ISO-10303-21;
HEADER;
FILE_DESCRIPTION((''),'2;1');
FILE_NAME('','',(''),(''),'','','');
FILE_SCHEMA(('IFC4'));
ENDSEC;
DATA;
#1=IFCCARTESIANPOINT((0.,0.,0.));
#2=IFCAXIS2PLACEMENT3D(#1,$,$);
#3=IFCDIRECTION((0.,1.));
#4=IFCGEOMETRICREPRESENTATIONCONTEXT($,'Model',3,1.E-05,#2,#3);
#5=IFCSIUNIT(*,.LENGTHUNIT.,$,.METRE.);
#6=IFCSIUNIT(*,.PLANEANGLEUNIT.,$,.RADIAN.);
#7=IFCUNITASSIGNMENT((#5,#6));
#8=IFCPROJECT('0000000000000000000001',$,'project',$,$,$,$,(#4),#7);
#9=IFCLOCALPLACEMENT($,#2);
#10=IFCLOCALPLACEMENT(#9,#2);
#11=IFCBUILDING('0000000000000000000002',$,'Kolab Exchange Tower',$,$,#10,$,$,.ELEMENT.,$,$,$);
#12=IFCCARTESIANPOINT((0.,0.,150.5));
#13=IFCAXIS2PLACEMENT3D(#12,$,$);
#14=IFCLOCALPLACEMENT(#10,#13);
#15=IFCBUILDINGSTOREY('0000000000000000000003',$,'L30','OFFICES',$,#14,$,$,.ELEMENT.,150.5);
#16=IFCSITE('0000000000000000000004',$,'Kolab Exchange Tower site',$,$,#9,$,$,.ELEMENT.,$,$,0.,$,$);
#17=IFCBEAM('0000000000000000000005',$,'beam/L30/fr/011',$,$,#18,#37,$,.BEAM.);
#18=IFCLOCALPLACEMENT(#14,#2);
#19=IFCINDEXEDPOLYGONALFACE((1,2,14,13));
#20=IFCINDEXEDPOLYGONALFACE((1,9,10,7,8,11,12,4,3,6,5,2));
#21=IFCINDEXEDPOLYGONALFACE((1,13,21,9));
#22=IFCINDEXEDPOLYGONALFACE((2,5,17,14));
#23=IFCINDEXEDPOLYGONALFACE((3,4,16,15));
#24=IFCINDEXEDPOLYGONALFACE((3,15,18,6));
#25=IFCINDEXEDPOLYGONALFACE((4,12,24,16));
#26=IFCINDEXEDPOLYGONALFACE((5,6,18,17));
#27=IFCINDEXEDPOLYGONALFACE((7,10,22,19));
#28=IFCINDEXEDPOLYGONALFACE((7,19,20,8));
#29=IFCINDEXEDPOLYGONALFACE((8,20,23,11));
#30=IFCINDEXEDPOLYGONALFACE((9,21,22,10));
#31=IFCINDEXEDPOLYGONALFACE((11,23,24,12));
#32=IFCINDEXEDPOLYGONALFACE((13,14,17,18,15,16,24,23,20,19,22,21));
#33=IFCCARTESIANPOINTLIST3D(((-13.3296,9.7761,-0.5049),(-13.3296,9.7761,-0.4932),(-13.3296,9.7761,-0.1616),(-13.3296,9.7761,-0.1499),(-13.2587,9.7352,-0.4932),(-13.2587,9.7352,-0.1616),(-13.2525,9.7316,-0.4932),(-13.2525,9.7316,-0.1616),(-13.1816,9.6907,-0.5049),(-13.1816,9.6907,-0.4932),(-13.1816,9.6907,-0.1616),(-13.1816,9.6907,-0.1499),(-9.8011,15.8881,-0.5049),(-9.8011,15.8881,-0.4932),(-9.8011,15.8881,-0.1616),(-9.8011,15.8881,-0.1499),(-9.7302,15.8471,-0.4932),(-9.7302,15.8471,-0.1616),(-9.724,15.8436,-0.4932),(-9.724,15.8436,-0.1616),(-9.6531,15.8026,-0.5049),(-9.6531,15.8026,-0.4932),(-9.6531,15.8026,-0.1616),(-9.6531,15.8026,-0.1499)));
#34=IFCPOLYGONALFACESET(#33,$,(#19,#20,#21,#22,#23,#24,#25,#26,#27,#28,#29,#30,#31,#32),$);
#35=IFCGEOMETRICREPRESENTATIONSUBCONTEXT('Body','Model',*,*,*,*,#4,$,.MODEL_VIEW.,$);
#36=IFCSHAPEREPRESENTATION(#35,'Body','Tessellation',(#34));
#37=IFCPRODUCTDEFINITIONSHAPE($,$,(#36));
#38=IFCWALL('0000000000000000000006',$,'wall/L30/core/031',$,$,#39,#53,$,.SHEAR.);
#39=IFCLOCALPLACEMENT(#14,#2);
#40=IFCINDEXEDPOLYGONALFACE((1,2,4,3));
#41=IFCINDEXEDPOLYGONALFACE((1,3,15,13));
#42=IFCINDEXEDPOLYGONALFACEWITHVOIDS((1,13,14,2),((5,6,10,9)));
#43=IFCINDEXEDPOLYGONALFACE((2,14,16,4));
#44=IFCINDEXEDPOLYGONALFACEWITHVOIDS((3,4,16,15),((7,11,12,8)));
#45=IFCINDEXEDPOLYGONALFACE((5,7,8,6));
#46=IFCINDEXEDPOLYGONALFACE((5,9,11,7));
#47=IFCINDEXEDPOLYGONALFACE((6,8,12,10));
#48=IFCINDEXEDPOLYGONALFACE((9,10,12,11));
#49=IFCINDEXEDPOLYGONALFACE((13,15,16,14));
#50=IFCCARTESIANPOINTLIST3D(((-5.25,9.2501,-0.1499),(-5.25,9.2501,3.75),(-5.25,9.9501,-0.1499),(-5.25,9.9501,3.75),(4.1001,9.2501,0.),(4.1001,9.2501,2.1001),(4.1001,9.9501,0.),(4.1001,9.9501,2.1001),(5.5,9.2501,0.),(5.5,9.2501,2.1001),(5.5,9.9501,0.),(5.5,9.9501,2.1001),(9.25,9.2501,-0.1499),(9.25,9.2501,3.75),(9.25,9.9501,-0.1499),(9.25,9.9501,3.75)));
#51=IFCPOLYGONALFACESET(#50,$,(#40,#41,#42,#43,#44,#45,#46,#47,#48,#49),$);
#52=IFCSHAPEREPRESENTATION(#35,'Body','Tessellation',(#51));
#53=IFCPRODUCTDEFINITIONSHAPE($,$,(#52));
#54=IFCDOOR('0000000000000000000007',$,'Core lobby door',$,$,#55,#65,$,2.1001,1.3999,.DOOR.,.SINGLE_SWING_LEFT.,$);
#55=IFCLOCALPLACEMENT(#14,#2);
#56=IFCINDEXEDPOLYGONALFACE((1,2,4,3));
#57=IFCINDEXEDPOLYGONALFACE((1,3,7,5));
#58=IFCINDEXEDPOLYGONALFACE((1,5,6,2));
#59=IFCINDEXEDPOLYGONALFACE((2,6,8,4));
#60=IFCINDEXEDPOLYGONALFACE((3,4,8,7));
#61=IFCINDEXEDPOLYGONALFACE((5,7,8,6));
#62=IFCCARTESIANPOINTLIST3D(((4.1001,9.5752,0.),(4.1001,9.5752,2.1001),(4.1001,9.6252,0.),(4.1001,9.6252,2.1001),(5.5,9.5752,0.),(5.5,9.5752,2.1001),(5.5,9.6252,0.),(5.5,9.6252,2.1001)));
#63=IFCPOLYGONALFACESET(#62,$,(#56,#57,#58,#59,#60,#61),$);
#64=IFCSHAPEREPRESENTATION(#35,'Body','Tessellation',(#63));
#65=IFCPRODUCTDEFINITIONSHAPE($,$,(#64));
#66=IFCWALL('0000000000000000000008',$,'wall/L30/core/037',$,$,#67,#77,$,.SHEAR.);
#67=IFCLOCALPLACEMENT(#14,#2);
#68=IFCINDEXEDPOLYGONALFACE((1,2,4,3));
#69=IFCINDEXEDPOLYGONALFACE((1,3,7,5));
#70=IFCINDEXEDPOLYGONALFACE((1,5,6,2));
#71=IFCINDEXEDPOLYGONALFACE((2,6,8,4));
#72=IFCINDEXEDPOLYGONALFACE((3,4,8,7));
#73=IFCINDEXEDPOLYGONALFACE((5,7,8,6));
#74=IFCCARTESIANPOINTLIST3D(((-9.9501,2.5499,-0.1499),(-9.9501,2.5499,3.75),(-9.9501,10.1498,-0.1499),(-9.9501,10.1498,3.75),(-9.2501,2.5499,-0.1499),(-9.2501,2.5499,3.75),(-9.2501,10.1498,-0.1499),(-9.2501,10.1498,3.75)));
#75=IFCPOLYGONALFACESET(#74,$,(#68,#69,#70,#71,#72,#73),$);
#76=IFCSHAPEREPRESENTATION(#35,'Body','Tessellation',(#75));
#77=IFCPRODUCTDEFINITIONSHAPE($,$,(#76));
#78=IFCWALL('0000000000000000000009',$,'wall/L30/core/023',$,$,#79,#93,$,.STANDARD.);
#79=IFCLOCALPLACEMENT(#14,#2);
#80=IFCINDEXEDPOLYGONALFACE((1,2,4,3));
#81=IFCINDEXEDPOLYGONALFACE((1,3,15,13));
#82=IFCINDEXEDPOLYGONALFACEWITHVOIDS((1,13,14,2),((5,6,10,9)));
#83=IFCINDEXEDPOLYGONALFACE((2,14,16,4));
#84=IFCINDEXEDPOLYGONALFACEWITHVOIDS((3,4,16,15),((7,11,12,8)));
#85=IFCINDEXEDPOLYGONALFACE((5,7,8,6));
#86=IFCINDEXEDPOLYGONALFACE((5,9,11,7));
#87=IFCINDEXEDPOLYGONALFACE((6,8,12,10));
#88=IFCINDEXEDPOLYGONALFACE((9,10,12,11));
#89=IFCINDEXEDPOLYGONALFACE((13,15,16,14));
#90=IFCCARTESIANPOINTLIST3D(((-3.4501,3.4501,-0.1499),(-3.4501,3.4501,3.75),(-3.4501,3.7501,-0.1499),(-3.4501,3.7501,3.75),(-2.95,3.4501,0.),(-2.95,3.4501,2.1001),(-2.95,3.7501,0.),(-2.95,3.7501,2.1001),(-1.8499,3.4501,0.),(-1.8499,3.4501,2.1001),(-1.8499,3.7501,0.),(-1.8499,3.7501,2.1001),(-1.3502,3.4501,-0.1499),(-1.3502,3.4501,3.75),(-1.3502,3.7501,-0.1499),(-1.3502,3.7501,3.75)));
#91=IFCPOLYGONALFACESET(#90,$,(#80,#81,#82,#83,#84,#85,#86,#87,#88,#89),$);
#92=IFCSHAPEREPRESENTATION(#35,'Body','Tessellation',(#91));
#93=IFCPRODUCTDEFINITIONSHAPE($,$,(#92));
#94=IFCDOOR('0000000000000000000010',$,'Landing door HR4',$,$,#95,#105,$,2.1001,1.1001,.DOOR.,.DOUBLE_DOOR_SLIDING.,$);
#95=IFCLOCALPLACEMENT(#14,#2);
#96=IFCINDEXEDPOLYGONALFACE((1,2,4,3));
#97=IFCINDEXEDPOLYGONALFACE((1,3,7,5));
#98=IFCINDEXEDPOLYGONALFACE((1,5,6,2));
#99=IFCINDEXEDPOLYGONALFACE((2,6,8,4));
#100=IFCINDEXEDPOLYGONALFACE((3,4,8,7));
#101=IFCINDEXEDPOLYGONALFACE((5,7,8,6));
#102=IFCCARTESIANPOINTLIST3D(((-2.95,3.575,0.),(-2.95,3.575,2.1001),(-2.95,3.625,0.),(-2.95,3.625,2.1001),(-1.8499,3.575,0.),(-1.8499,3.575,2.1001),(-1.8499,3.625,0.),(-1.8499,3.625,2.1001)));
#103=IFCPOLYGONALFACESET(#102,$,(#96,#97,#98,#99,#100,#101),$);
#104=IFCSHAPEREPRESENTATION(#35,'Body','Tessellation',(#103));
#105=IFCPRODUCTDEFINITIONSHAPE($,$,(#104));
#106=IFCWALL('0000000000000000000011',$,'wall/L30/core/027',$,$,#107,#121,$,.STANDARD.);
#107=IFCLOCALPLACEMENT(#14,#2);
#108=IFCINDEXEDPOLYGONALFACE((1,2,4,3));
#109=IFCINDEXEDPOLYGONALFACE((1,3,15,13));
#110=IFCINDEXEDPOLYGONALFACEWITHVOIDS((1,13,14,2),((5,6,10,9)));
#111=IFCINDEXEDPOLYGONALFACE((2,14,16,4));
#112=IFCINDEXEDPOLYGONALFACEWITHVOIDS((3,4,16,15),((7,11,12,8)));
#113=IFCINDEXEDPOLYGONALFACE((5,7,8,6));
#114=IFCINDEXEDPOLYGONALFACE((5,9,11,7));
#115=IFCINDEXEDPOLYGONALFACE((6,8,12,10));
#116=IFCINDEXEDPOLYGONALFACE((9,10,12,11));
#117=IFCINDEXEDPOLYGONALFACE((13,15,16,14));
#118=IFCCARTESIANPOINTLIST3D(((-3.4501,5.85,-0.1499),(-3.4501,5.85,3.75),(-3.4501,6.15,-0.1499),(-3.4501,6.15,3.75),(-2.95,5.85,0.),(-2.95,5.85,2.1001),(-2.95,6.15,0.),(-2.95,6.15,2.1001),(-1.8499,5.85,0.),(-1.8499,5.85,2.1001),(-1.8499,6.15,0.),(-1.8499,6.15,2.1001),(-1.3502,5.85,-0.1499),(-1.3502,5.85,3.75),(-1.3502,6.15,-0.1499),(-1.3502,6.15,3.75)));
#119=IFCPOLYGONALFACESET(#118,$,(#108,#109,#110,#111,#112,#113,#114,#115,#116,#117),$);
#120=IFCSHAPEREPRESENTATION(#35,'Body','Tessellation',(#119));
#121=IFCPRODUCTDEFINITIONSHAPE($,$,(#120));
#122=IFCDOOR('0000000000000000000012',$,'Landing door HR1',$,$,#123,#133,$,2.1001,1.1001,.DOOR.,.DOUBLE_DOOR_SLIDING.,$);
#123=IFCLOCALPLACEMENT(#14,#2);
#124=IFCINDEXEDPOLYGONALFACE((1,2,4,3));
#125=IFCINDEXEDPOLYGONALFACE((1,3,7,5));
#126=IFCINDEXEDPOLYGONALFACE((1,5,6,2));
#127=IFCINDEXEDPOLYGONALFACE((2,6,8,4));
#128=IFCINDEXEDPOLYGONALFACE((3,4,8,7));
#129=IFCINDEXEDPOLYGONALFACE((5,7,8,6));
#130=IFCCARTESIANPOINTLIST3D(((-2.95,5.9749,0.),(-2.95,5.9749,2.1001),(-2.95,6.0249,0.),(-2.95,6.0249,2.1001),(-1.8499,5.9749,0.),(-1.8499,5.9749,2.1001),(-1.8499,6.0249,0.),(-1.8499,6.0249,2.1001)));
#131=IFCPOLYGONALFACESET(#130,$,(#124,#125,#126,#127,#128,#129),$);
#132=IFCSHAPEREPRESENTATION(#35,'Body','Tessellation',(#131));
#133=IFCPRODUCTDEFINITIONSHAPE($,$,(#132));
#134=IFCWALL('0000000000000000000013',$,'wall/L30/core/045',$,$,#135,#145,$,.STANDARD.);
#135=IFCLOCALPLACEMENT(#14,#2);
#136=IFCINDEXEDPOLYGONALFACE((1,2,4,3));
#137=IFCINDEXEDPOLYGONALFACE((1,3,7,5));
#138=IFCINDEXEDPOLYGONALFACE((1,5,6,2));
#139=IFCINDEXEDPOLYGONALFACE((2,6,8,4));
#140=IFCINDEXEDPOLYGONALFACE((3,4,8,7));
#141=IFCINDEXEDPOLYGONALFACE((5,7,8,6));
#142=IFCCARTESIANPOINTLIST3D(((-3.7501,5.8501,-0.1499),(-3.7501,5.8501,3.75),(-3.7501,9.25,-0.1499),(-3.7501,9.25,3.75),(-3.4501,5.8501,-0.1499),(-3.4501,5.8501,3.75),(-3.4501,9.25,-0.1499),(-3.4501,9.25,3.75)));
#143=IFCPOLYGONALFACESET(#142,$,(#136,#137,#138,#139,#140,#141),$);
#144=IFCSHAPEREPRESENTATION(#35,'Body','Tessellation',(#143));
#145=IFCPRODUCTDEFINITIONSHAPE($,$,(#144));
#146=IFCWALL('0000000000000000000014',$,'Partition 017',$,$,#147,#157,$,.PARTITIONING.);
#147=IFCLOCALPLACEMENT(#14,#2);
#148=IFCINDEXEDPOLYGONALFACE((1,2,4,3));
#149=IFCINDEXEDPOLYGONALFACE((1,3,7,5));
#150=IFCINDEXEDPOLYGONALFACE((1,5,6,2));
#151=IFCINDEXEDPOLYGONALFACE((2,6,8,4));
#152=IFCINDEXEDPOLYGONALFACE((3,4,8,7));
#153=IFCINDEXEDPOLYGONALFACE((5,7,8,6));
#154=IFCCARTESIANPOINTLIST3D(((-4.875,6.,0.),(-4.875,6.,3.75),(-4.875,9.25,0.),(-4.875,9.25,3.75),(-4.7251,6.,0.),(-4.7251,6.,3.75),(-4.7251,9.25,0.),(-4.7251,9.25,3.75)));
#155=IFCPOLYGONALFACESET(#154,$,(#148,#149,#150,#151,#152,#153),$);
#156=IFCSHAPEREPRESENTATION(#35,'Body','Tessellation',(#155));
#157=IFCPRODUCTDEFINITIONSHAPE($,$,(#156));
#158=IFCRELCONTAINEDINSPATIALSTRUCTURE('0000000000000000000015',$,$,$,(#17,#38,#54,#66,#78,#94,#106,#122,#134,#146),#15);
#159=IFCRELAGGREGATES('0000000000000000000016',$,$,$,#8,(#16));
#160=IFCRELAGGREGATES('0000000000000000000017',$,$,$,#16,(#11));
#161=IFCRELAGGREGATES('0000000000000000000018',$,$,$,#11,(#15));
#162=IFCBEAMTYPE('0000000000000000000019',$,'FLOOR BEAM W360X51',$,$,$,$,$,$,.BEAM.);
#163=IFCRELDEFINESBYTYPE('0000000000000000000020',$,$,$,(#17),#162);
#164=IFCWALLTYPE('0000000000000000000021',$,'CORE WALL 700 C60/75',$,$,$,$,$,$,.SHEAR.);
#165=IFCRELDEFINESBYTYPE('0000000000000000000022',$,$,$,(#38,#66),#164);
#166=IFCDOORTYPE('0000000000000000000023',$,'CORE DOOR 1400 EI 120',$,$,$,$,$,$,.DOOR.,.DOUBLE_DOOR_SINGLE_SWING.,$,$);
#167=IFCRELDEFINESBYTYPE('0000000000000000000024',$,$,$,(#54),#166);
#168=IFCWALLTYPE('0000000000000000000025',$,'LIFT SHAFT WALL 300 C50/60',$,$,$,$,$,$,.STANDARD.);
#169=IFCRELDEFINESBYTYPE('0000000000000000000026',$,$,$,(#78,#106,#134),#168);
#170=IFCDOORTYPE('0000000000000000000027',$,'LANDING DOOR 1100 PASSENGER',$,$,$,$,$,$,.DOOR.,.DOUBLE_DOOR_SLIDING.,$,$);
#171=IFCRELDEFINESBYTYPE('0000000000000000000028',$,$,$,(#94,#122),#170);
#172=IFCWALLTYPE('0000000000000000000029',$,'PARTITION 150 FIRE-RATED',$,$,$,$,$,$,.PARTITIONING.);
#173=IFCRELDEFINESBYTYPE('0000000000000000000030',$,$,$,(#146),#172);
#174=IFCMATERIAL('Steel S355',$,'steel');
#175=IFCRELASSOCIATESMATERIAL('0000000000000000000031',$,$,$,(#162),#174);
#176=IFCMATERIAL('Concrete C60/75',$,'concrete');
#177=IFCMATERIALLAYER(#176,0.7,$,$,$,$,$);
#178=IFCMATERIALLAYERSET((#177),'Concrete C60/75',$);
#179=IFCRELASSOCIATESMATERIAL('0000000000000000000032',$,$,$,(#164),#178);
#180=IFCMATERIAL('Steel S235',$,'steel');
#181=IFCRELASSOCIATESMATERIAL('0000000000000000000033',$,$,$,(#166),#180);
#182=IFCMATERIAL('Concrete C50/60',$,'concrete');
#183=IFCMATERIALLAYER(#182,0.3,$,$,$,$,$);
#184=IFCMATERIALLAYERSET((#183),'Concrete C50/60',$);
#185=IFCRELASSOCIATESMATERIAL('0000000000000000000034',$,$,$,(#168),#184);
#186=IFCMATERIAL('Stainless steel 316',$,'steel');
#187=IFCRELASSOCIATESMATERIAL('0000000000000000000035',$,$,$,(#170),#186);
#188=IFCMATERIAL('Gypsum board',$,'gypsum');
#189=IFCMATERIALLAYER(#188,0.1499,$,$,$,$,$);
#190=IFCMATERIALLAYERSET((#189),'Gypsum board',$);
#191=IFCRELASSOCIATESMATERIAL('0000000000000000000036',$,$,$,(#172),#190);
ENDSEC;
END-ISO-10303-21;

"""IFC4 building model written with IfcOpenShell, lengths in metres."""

from ifc_helpers import new_model, si_unit, direction, frame, frame_2d, origin, origin_2d, place, context, subcontext, project, spatial, rectangle, i_section, extrude, material, layer, layer_set, material_profile, profile_set, type_object, element, fill, save


model = new_model("IFC4")

# Units and contexts
model_context = context("Model", 3, precision=1e-05, world=origin(), true_north=direction((0.0, 1.0)))
body_context = subcontext(model_context, "Body", "Model", "MODEL_VIEW")
ifc_project = project(units=[si_unit("LENGTHUNIT", "METRE"), si_unit("PLANEANGLEUNIT", "RADIAN")], contexts=[model_context])

# Site, building, storey
site_placement = place(None, origin())
site = spatial("IfcSite", under=ifc_project, at=site_placement, Name="Kolab Exchange Tower site", CompositionType="ELEMENT", RefElevation=0.0)
building_placement = place(site_placement, origin())
building = spatial("IfcBuilding", under=site, at=building_placement, Name="Kolab Exchange Tower", CompositionType="ELEMENT")
storey_placement = place(building_placement, frame((0.0, 0.0, 150.5)))
storey = spatial("IfcBuildingStorey", under=building, at=storey_placement, Name="L30", Description="OFFICES", CompositionType="ELEMENT", Elevation=150.5)

# Beam
ifc_material_1 = material(Name="Steel S355", Category="steel")
ifc_material_profile = material_profile(ifc_material_1, i_section(OverallWidth=0.1709, OverallDepth=0.355, WebThickness=0.0071, FlangeThickness=0.0117, at=origin_2d()), Name="W360X51")
ifc_profile_set = profile_set([ifc_material_profile], Name="Steel S355")
beam_type = type_object("IfcBeamType", Name="FLOOR BEAM W360X51", PredefinedType="BEAM", material=ifc_profile_set)
beam_placement = place(storey_placement, frame((-13.2556, 9.7334, -0.3274), z_axis=(0.499975, 0.86604, 0.0), x_axis=(-0.86604, 0.499975, 0.0)))
element("IfcBeam", 1, at=beam_placement, inside=storey, type_object=beam_type, Name="beam/L30/fr/011", PredefinedType="BEAM", context=body_context, shape_type="SweptSolid", body=[
    extrude(i_section(OverallWidth=0.1709, OverallDepth=0.355, WebThickness=0.0071, FlangeThickness=0.0117, at=origin_2d()), origin(), (0.0, 0.0, 1.0), 7.0574),
])

# Wall, opening, door
ifc_material_2 = material(Name="Concrete C60/75", Category="concrete")
ifc_layer_1 = layer(ifc_material_2, 0.7)
ifc_layer_set_1 = layer_set([ifc_layer_1], Name="Concrete C60/75")
wall_type_1 = type_object("IfcWallType", Name="CORE WALL 700 C60/75", PredefinedType="SHEAR", material=ifc_layer_set_1)
wall_1_placement = place(storey_placement, frame((-5.25, 9.6001, -0.1499), z_axis=(0.0, 0.0, 1.0), x_axis=(1.0, 0.0, 0.0)))
wall_1 = element("IfcWall", 2, at=wall_1_placement, inside=storey, type_object=wall_type_1, Name="wall/L30/core/031", PredefinedType="SHEAR", context=body_context, shape_type="SweptSolid", body=[
    extrude(rectangle(XDim=14.5, YDim=0.7, at=frame_2d((7.25, 0.0))), origin(), (0.0, 0.0, 1.0), 3.8999),
])
opening_1_placement = place(wall_1_placement, frame((9.3501, 0.0, 0.1499)))
opening_1 = element("IfcOpeningElement", 3, at=opening_1_placement, cuts=wall_1, PredefinedType="OPENING", context=body_context, shape_type="SweptSolid", body=[
    extrude(rectangle(XDim=1.3999, YDim=2.1001, at=frame_2d((0.7, 1.05))), frame((0.0, 0.3599, 0.0), z_axis=(0.0, -1.0, 0.0), x_axis=(1.0, 0.0, 0.0)), (0.0, 0.0, 1.0), 0.72),
])
ifc_material_3 = material(Name="Steel S235", Category="steel")
door_type_1 = type_object("IfcDoorType", Name="CORE DOOR 1400 EI 120", OperationType="DOUBLE_DOOR_SINGLE_SWING", PredefinedType="DOOR", material=ifc_material_3)
door_1_placement = place(opening_1_placement, frame((1.3999, 0.0, 0.0), z_axis=(0.0, 0.0, 1.0), x_axis=(-1.0, 0.0, 0.0)))
door_1 = element("IfcDoor", 4, at=door_1_placement, inside=storey, type_object=door_type_1, Name="Core lobby door", OperationType="SINGLE_SWING_LEFT", OverallHeight=2.1001, OverallWidth=1.3999, PredefinedType="DOOR", context=body_context, shape_type="SweptSolid", body=[
    extrude(rectangle(XDim=1.3999, YDim=2.1001, at=frame_2d((0.7, 1.05))), frame((0.0, 0.0249, 0.0), z_axis=(0.0, -1.0, 0.0), x_axis=(1.0, 0.0, 0.0)), (0.0, 0.0, 1.0), 0.05),
])
fill(opening_1, door_1)

# Wall
wall_2_placement = place(storey_placement, frame((-9.6001, 2.55, -0.1499), z_axis=(0.0, 0.0, 1.0), x_axis=(0.0, 1.0, 0.0)))
element("IfcWall", 5, at=wall_2_placement, inside=storey, type_object=wall_type_1, Name="wall/L30/core/037", PredefinedType="SHEAR", context=body_context, shape_type="SweptSolid", body=[
    extrude(rectangle(XDim=7.5999, YDim=0.7, at=frame_2d((3.7998, 0.0))), origin(), (0.0, 0.0, 1.0), 3.8999),
])

# Walls, openings, doors
ifc_material_4 = material(Name="Concrete C50/60", Category="concrete")
ifc_layer_2 = layer(ifc_material_4, 0.3)
ifc_layer_set_2 = layer_set([ifc_layer_2], Name="Concrete C50/60")
wall_type_2 = type_object("IfcWallType", Name="LIFT SHAFT WALL 300 C50/60", PredefinedType="STANDARD", material=ifc_layer_set_2)
wall_3_placement = place(storey_placement, frame((-3.45, 3.6001, -0.1499), z_axis=(0.0, 0.0, 1.0), x_axis=(1.0, 0.0, 0.0)))
wall_3 = element("IfcWall", 6, at=wall_3_placement, inside=storey, type_object=wall_type_2, Name="wall/L30/core/023", PredefinedType="STANDARD", context=body_context, shape_type="SweptSolid", body=[
    extrude(rectangle(XDim=2.0999, YDim=0.3, at=frame_2d((1.0498, 0.0))), origin(), (0.0, 0.0, 1.0), 3.8999),
])
opening_2_placement = place(wall_3_placement, frame((0.5, 0.0, 0.1499)))
opening_2 = element("IfcOpeningElement", 7, at=opening_2_placement, cuts=wall_3, PredefinedType="OPENING", context=body_context, shape_type="SweptSolid", body=[
    extrude(rectangle(XDim=1.1001, YDim=2.1001, at=frame_2d((0.55, 1.05))), frame((0.0, 0.1602, 0.0), z_axis=(0.0, -1.0, 0.0), x_axis=(1.0, 0.0, 0.0)), (0.0, 0.0, 1.0), 0.3201),
])
ifc_material_5 = material(Name="Stainless steel 316", Category="steel")
door_type_2 = type_object("IfcDoorType", Name="LANDING DOOR 1100 PASSENGER", OperationType="DOUBLE_DOOR_SLIDING", PredefinedType="DOOR", material=ifc_material_5)
door_2_placement = place(opening_2_placement, origin())
door_2 = element("IfcDoor", 8, at=door_2_placement, inside=storey, type_object=door_type_2, Name="Landing door HR4", OperationType="DOUBLE_DOOR_SLIDING", OverallHeight=2.1001, OverallWidth=1.1001, PredefinedType="DOOR", context=body_context, shape_type="SweptSolid", body=[
    extrude(rectangle(XDim=1.1001, YDim=2.1001, at=frame_2d((0.55, 1.05))), frame((0.0, 0.0249, 0.0), z_axis=(0.0, -1.0, 0.0), x_axis=(1.0, 0.0, 0.0)), (0.0, 0.0, 1.0), 0.05),
])
fill(opening_2, door_2)
wall_4_placement = place(storey_placement, frame((-3.45, 6.0, -0.1499), z_axis=(0.0, 0.0, 1.0), x_axis=(1.0, 0.0, 0.0)))
wall_4 = element("IfcWall", 9, at=wall_4_placement, inside=storey, type_object=wall_type_2, Name="wall/L30/core/027", PredefinedType="STANDARD", context=body_context, shape_type="SweptSolid", body=[
    extrude(rectangle(XDim=2.0999, YDim=0.3, at=frame_2d((1.0498, 0.0))), origin(), (0.0, 0.0, 1.0), 3.8999),
])
opening_3_placement = place(wall_4_placement, frame((0.5, 0.0, 0.1499)))
opening_3 = element("IfcOpeningElement", 10, at=opening_3_placement, cuts=wall_4, PredefinedType="OPENING", context=body_context, shape_type="SweptSolid", body=[
    extrude(rectangle(XDim=1.1001, YDim=2.1001, at=frame_2d((0.55, 1.05))), frame((0.0, 0.1602, 0.0), z_axis=(0.0, -1.0, 0.0), x_axis=(1.0, 0.0, 0.0)), (0.0, 0.0, 1.0), 0.3201),
])
door_3_placement = place(opening_3_placement, origin())
door_3 = element("IfcDoor", 11, at=door_3_placement, inside=storey, type_object=door_type_2, Name="Landing door HR1", OperationType="DOUBLE_DOOR_SLIDING", OverallHeight=2.1001, OverallWidth=1.1001, PredefinedType="DOOR", context=body_context, shape_type="SweptSolid", body=[
    extrude(rectangle(XDim=1.1001, YDim=2.1001, at=frame_2d((0.55, 1.05))), frame((0.0, 0.0249, 0.0), z_axis=(0.0, -1.0, 0.0), x_axis=(1.0, 0.0, 0.0)), (0.0, 0.0, 1.0), 0.05),
])
fill(opening_3, door_3)

# Walls
wall_5_placement = place(storey_placement, frame((-3.6001, 5.8501, -0.1499), z_axis=(0.0, 0.0, 1.0), x_axis=(0.0, 1.0, 0.0)))
element("IfcWall", 12, at=wall_5_placement, inside=storey, type_object=wall_type_2, Name="wall/L30/core/045", PredefinedType="STANDARD", context=body_context, shape_type="SweptSolid", body=[
    extrude(rectangle(XDim=3.3999, YDim=0.3, at=frame_2d((1.7, 0.0))), origin(), (0.0, 0.0, 1.0), 3.8999),
])
ifc_material_6 = material(Name="Gypsum board", Category="gypsum")
ifc_layer_3 = layer(ifc_material_6, 0.1499)
ifc_layer_set_3 = layer_set([ifc_layer_3], Name="Gypsum board")
wall_type_3 = type_object("IfcWallType", Name="PARTITION 150 FIRE-RATED", PredefinedType="PARTITIONING", material=ifc_layer_set_3)
wall_6_placement = place(storey_placement, frame((-4.8, 6.0, 0.0), z_axis=(0.0, 0.0, 1.0), x_axis=(0.0, 1.0, 0.0)))
element("IfcWall", 13, at=wall_6_placement, inside=storey, type_object=wall_type_3, Name="Partition 017", PredefinedType="PARTITIONING", context=body_context, shape_type="SweptSolid", body=[
    extrude(rectangle(XDim=3.25, YDim=0.1499, at=frame_2d((1.625, 0.0))), origin(), (0.0, 0.0, 1.0), 3.75),
])

save(model, "model.ifc")
